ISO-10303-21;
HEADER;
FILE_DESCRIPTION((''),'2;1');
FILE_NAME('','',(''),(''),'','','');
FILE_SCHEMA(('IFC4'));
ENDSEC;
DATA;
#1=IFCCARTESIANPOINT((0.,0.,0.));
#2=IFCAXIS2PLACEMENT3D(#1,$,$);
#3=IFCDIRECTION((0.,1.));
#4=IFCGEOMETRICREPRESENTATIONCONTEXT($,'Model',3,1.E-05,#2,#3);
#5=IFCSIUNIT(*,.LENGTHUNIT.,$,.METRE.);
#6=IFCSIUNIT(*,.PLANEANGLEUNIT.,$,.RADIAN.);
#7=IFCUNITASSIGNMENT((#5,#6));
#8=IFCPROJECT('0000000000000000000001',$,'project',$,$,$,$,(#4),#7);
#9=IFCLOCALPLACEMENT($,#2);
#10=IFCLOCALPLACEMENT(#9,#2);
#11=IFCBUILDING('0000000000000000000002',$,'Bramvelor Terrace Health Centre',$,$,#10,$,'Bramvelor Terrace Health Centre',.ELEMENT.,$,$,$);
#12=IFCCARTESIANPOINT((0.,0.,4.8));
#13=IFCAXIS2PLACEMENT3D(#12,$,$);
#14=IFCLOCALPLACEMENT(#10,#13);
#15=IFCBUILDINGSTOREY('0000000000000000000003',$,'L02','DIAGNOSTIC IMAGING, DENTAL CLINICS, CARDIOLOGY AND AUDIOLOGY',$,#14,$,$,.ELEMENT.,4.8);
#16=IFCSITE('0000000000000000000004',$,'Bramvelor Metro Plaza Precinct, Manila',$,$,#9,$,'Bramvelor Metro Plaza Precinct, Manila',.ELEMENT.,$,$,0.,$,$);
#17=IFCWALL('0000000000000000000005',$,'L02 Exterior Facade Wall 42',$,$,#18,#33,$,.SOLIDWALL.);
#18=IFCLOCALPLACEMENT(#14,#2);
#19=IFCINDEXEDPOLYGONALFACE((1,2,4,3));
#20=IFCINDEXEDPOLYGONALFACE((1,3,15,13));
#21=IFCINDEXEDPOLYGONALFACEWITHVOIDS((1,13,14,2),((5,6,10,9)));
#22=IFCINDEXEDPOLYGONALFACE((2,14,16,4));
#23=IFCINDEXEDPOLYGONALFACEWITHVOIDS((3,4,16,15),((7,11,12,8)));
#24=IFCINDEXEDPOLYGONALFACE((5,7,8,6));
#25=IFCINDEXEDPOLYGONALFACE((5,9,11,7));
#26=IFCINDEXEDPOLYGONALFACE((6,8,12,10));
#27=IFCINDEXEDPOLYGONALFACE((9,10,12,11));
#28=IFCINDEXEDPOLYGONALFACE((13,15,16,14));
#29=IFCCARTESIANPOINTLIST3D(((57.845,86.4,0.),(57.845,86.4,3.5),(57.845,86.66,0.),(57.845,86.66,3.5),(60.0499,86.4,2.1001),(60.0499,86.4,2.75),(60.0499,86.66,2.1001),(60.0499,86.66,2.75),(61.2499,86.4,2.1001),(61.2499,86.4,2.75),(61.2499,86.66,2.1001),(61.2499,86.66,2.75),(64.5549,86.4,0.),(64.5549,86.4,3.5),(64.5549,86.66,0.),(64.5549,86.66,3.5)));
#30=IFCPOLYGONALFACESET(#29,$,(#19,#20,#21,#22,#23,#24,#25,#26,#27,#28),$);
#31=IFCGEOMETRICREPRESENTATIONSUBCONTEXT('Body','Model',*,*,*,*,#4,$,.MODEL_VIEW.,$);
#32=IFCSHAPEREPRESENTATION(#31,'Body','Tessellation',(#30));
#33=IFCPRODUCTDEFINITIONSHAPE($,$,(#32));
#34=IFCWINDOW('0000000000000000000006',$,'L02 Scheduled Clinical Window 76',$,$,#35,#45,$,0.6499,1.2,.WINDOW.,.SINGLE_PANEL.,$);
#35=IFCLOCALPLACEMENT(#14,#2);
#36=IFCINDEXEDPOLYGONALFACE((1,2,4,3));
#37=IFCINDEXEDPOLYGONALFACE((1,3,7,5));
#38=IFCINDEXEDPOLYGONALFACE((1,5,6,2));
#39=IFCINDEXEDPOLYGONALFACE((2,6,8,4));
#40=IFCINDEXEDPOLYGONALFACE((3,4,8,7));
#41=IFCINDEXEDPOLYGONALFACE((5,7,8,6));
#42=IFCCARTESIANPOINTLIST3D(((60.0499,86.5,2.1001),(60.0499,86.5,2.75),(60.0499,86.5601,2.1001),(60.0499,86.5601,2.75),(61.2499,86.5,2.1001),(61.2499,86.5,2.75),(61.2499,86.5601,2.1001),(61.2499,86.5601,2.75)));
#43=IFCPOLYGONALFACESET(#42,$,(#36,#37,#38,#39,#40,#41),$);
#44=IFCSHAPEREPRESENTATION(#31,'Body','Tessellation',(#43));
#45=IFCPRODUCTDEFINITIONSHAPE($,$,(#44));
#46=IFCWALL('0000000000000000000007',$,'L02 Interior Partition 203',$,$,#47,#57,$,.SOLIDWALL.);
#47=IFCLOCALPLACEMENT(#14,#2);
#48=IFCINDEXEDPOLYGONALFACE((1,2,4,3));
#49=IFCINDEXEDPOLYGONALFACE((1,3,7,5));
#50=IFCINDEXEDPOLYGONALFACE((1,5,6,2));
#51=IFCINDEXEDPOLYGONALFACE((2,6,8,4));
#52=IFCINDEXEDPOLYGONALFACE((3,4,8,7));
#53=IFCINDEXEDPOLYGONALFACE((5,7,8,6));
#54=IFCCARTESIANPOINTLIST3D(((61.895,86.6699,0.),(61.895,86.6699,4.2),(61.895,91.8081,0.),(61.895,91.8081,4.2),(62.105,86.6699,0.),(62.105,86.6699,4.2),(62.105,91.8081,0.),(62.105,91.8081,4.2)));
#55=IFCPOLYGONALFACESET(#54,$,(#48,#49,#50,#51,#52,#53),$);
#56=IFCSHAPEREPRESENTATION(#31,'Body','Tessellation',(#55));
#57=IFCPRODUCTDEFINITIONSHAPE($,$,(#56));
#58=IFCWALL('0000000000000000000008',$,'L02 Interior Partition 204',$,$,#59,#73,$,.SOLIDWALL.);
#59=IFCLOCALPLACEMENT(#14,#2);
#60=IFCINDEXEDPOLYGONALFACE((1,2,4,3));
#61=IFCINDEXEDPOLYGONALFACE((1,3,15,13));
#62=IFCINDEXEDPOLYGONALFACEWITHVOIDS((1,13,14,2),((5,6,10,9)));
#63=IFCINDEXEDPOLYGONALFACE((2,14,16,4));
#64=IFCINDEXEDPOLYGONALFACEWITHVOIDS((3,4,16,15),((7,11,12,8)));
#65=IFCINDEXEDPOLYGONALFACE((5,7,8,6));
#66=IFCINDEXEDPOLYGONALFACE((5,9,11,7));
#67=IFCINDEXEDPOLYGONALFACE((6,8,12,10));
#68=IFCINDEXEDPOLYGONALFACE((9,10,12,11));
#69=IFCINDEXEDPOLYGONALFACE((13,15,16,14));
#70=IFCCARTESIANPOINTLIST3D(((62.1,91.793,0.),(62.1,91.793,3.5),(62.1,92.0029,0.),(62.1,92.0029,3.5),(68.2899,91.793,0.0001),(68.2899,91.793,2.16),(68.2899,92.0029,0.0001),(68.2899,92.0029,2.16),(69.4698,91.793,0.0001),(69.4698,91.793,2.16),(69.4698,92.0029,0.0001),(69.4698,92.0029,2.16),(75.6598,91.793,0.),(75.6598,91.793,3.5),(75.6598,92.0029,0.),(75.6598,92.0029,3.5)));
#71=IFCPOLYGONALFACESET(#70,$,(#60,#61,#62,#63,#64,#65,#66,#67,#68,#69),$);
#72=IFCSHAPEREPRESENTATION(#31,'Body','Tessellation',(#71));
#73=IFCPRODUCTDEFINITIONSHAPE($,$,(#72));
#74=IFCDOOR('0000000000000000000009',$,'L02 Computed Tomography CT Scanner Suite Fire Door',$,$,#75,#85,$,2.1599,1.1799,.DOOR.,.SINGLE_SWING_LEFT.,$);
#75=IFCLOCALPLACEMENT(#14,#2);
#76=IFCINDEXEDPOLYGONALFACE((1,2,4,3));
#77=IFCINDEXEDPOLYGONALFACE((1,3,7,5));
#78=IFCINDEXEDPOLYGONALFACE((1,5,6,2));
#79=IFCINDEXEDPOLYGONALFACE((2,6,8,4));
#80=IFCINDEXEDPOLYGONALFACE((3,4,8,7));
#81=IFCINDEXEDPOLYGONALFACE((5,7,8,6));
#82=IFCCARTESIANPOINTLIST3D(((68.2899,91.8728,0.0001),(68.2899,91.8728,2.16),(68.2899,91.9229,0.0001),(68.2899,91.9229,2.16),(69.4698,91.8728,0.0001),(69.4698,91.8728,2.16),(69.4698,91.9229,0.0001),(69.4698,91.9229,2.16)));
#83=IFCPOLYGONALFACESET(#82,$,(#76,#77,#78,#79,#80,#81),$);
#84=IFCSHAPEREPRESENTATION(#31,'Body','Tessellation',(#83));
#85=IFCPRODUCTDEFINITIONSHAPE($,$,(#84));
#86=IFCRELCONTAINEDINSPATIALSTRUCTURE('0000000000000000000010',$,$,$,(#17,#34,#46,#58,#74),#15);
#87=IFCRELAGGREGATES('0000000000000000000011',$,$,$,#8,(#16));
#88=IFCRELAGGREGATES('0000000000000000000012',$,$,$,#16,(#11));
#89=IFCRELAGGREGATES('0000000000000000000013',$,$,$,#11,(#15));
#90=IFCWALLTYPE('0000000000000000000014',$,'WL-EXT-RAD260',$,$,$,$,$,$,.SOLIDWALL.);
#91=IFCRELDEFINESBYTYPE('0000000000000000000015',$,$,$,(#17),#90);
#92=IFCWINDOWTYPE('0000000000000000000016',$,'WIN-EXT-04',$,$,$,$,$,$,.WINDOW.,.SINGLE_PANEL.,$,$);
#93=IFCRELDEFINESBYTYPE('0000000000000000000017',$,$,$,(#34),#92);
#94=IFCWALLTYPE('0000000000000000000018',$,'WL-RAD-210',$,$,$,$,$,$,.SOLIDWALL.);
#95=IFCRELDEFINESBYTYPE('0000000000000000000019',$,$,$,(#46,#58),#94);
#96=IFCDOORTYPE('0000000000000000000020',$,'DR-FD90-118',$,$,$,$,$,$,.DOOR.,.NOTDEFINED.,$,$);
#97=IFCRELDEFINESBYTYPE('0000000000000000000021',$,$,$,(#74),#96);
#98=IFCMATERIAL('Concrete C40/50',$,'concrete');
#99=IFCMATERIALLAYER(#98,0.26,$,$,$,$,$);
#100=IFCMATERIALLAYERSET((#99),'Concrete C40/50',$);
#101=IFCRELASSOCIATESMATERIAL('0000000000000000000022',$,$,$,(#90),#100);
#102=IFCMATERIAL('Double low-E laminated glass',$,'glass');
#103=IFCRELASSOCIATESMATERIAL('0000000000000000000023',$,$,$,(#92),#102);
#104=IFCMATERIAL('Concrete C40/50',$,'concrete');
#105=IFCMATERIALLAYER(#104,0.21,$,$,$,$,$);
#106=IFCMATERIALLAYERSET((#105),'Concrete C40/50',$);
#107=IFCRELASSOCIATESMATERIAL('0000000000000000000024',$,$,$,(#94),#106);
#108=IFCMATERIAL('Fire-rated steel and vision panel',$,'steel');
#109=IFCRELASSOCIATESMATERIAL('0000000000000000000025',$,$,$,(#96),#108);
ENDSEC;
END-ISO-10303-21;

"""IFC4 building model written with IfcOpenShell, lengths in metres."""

from ifc_helpers import new_model, si_unit, direction, frame, frame_2d, origin, place, context, subcontext, project, spatial, rectangle, extrude, material, layer, layer_set, type_object, element, fill, save


model = new_model("IFC4")

# Units and contexts
model_context = context("Model", 3, precision=1e-05, world=origin(), true_north=direction((0.0, 1.0)))
body_context = subcontext(model_context, "Body", "Model", "MODEL_VIEW")
ifc_project = project(units=[si_unit("LENGTHUNIT", "METRE"), si_unit("PLANEANGLEUNIT", "RADIAN")], contexts=[model_context])

# Site, building, storey
site_placement = place(None, origin())
site = spatial("IfcSite", under=ifc_project, at=site_placement, Name="Bramvelor Metro Plaza Precinct, Manila", LongName="Bramvelor Metro Plaza Precinct, Manila", CompositionType="ELEMENT", RefElevation=0.0)
building_placement = place(site_placement, origin())
building = spatial("IfcBuilding", under=site, at=building_placement, Name="Bramvelor Terrace Health Centre", LongName="Bramvelor Terrace Health Centre", CompositionType="ELEMENT")
storey_placement = place(building_placement, frame((0.0, 0.0, 4.8)))
storey = spatial("IfcBuildingStorey", under=building, at=storey_placement, Name="L02", Description="DIAGNOSTIC IMAGING, DENTAL CLINICS, CARDIOLOGY AND AUDIOLOGY", CompositionType="ELEMENT", Elevation=4.8)

# Wall, opening, window
ifc_material_1 = material(Name="Concrete C40/50", Category="concrete")
ifc_layer_1 = layer(ifc_material_1, 0.26)
ifc_layer_set_1 = layer_set([ifc_layer_1], Name="Concrete C40/50")
wall_type_1 = type_object("IfcWallType", Name="WL-EXT-RAD260", PredefinedType="SOLIDWALL", material=ifc_layer_set_1)
wall_1_placement = place(storey_placement, frame((64.5549, 86.53, 0.0), z_axis=(0.0, 0.0, 1.0), x_axis=(-1.0, 0.0, 0.0)))
wall_1 = element("IfcWall", 1, at=wall_1_placement, inside=storey, type_object=wall_type_1, Name="L02 Exterior Facade Wall 42", PredefinedType="SOLIDWALL", context=body_context, shape_type="SweptSolid", body=[
    extrude(rectangle(XDim=6.71, YDim=0.26, at=frame_2d((3.355, 0.0))), origin(), (0.0, 0.0, 1.0), 3.5),
])
opening_1_placement = place(wall_1_placement, frame((3.3049, 0.0, 2.1001)))
opening_1 = element("IfcOpeningElement", 2, at=opening_1_placement, cuts=wall_1, PredefinedType="OPENING", context=body_context, shape_type="SweptSolid", body=[
    extrude(rectangle(XDim=1.2, YDim=0.6499, at=frame_2d((0.6001, 0.325))), frame((0.0, 0.1399, 0.0), z_axis=(0.0, -1.0, 0.0), x_axis=(1.0, 0.0, 0.0)), (0.0, 0.0, 1.0), 0.28),
])
ifc_material_2 = material(Name="Double low-E laminated glass", Category="glass")
window_type_1 = type_object("IfcWindowType", Name="WIN-EXT-04", PartitioningType="SINGLE_PANEL", PredefinedType="WINDOW", material=ifc_material_2)
window_1_placement = place(opening_1_placement, origin())
window_1 = element("IfcWindow", 3, at=window_1_placement, inside=storey, type_object=window_type_1, Name="L02 Scheduled Clinical Window 76", OverallHeight=0.6499, OverallWidth=1.2, PartitioningType="SINGLE_PANEL", PredefinedType="WINDOW", context=body_context, shape_type="SweptSolid", body=[
    extrude(rectangle(XDim=1.2, YDim=0.6499, at=frame_2d((0.6001, 0.325))), frame((0.0, 0.03, 0.0), z_axis=(0.0, -1.0, 0.0), x_axis=(1.0, 0.0, 0.0)), (0.0, 0.0, 1.0), 0.0601),
])
fill(opening_1, window_1)

# Wall
ifc_material_3 = material(Name="Concrete C40/50", Category="concrete")
ifc_layer_2 = layer(ifc_material_3, 0.21)
ifc_layer_set_2 = layer_set([ifc_layer_2], Name="Concrete C40/50")
wall_type_2 = type_object("IfcWallType", Name="WL-RAD-210", PredefinedType="SOLIDWALL", material=ifc_layer_set_2)
wall_2_placement = place(storey_placement, frame((62.0, 91.8081, 0.0), z_axis=(0.0, 0.0, 1.0), x_axis=(0.0, -1.0, 0.0)))
element("IfcWall", 4, at=wall_2_placement, inside=storey, type_object=wall_type_2, Name="L02 Interior Partition 203", PredefinedType="SOLIDWALL", context=body_context, shape_type="SweptSolid", body=[
    extrude(rectangle(XDim=5.1382, YDim=0.21, at=frame_2d((2.5691, 0.0))), origin(), (0.0, 0.0, 1.0), 4.2),
])

# Wall, opening, door
wall_3_placement = place(storey_placement, frame((62.1001, 91.8979, 0.0), z_axis=(0.0, 0.0, 1.0), x_axis=(1.0, 0.0, 0.0)))
wall_3 = element("IfcWall", 5, at=wall_3_placement, inside=storey, type_object=wall_type_2, Name="L02 Interior Partition 204", PredefinedType="SOLIDWALL", context=body_context, shape_type="SweptSolid", body=[
    extrude(rectangle(XDim=13.5598, YDim=0.21, at=frame_2d((6.7798, 0.0))), origin(), (0.0, 0.0, 1.0), 3.5),
])
opening_2_placement = place(wall_3_placement, frame((6.1899, 0.0, 0.0)))
opening_2 = element("IfcOpeningElement", 6, at=opening_2_placement, cuts=wall_3, PredefinedType="OPENING", context=body_context, shape_type="SweptSolid", body=[
    extrude(rectangle(XDim=1.1799, YDim=2.1599, at=frame_2d((0.5898, 1.0801))), frame((0.0, 0.115, 0.0), z_axis=(0.0, -1.0, 0.0), x_axis=(1.0, 0.0, 0.0)), (0.0, 0.0, 1.0), 0.23),
])
ifc_material_4 = material(Name="Fire-rated steel and vision panel", Category="steel")
door_type = type_object("IfcDoorType", Name="DR-FD90-118", OperationType="NOTDEFINED", PredefinedType="DOOR", material=ifc_material_4)
door_placement = place(opening_2_placement, origin())
door = element("IfcDoor", 7, at=door_placement, inside=storey, type_object=door_type, Name="L02 Computed Tomography CT Scanner Suite Fire Door", OperationType="SINGLE_SWING_LEFT", OverallHeight=2.1599, OverallWidth=1.1799, PredefinedType="DOOR", context=body_context, shape_type="SweptSolid", body=[
    extrude(rectangle(XDim=1.1799, YDim=2.1599, at=frame_2d((0.5898, 1.0801))), frame((0.0, 0.0249, 0.0), z_axis=(0.0, -1.0, 0.0), x_axis=(1.0, 0.0, 0.0)), (0.0, 0.0, 1.0), 0.05),
])
fill(opening_2, door)

save(model, "model.ifc")
